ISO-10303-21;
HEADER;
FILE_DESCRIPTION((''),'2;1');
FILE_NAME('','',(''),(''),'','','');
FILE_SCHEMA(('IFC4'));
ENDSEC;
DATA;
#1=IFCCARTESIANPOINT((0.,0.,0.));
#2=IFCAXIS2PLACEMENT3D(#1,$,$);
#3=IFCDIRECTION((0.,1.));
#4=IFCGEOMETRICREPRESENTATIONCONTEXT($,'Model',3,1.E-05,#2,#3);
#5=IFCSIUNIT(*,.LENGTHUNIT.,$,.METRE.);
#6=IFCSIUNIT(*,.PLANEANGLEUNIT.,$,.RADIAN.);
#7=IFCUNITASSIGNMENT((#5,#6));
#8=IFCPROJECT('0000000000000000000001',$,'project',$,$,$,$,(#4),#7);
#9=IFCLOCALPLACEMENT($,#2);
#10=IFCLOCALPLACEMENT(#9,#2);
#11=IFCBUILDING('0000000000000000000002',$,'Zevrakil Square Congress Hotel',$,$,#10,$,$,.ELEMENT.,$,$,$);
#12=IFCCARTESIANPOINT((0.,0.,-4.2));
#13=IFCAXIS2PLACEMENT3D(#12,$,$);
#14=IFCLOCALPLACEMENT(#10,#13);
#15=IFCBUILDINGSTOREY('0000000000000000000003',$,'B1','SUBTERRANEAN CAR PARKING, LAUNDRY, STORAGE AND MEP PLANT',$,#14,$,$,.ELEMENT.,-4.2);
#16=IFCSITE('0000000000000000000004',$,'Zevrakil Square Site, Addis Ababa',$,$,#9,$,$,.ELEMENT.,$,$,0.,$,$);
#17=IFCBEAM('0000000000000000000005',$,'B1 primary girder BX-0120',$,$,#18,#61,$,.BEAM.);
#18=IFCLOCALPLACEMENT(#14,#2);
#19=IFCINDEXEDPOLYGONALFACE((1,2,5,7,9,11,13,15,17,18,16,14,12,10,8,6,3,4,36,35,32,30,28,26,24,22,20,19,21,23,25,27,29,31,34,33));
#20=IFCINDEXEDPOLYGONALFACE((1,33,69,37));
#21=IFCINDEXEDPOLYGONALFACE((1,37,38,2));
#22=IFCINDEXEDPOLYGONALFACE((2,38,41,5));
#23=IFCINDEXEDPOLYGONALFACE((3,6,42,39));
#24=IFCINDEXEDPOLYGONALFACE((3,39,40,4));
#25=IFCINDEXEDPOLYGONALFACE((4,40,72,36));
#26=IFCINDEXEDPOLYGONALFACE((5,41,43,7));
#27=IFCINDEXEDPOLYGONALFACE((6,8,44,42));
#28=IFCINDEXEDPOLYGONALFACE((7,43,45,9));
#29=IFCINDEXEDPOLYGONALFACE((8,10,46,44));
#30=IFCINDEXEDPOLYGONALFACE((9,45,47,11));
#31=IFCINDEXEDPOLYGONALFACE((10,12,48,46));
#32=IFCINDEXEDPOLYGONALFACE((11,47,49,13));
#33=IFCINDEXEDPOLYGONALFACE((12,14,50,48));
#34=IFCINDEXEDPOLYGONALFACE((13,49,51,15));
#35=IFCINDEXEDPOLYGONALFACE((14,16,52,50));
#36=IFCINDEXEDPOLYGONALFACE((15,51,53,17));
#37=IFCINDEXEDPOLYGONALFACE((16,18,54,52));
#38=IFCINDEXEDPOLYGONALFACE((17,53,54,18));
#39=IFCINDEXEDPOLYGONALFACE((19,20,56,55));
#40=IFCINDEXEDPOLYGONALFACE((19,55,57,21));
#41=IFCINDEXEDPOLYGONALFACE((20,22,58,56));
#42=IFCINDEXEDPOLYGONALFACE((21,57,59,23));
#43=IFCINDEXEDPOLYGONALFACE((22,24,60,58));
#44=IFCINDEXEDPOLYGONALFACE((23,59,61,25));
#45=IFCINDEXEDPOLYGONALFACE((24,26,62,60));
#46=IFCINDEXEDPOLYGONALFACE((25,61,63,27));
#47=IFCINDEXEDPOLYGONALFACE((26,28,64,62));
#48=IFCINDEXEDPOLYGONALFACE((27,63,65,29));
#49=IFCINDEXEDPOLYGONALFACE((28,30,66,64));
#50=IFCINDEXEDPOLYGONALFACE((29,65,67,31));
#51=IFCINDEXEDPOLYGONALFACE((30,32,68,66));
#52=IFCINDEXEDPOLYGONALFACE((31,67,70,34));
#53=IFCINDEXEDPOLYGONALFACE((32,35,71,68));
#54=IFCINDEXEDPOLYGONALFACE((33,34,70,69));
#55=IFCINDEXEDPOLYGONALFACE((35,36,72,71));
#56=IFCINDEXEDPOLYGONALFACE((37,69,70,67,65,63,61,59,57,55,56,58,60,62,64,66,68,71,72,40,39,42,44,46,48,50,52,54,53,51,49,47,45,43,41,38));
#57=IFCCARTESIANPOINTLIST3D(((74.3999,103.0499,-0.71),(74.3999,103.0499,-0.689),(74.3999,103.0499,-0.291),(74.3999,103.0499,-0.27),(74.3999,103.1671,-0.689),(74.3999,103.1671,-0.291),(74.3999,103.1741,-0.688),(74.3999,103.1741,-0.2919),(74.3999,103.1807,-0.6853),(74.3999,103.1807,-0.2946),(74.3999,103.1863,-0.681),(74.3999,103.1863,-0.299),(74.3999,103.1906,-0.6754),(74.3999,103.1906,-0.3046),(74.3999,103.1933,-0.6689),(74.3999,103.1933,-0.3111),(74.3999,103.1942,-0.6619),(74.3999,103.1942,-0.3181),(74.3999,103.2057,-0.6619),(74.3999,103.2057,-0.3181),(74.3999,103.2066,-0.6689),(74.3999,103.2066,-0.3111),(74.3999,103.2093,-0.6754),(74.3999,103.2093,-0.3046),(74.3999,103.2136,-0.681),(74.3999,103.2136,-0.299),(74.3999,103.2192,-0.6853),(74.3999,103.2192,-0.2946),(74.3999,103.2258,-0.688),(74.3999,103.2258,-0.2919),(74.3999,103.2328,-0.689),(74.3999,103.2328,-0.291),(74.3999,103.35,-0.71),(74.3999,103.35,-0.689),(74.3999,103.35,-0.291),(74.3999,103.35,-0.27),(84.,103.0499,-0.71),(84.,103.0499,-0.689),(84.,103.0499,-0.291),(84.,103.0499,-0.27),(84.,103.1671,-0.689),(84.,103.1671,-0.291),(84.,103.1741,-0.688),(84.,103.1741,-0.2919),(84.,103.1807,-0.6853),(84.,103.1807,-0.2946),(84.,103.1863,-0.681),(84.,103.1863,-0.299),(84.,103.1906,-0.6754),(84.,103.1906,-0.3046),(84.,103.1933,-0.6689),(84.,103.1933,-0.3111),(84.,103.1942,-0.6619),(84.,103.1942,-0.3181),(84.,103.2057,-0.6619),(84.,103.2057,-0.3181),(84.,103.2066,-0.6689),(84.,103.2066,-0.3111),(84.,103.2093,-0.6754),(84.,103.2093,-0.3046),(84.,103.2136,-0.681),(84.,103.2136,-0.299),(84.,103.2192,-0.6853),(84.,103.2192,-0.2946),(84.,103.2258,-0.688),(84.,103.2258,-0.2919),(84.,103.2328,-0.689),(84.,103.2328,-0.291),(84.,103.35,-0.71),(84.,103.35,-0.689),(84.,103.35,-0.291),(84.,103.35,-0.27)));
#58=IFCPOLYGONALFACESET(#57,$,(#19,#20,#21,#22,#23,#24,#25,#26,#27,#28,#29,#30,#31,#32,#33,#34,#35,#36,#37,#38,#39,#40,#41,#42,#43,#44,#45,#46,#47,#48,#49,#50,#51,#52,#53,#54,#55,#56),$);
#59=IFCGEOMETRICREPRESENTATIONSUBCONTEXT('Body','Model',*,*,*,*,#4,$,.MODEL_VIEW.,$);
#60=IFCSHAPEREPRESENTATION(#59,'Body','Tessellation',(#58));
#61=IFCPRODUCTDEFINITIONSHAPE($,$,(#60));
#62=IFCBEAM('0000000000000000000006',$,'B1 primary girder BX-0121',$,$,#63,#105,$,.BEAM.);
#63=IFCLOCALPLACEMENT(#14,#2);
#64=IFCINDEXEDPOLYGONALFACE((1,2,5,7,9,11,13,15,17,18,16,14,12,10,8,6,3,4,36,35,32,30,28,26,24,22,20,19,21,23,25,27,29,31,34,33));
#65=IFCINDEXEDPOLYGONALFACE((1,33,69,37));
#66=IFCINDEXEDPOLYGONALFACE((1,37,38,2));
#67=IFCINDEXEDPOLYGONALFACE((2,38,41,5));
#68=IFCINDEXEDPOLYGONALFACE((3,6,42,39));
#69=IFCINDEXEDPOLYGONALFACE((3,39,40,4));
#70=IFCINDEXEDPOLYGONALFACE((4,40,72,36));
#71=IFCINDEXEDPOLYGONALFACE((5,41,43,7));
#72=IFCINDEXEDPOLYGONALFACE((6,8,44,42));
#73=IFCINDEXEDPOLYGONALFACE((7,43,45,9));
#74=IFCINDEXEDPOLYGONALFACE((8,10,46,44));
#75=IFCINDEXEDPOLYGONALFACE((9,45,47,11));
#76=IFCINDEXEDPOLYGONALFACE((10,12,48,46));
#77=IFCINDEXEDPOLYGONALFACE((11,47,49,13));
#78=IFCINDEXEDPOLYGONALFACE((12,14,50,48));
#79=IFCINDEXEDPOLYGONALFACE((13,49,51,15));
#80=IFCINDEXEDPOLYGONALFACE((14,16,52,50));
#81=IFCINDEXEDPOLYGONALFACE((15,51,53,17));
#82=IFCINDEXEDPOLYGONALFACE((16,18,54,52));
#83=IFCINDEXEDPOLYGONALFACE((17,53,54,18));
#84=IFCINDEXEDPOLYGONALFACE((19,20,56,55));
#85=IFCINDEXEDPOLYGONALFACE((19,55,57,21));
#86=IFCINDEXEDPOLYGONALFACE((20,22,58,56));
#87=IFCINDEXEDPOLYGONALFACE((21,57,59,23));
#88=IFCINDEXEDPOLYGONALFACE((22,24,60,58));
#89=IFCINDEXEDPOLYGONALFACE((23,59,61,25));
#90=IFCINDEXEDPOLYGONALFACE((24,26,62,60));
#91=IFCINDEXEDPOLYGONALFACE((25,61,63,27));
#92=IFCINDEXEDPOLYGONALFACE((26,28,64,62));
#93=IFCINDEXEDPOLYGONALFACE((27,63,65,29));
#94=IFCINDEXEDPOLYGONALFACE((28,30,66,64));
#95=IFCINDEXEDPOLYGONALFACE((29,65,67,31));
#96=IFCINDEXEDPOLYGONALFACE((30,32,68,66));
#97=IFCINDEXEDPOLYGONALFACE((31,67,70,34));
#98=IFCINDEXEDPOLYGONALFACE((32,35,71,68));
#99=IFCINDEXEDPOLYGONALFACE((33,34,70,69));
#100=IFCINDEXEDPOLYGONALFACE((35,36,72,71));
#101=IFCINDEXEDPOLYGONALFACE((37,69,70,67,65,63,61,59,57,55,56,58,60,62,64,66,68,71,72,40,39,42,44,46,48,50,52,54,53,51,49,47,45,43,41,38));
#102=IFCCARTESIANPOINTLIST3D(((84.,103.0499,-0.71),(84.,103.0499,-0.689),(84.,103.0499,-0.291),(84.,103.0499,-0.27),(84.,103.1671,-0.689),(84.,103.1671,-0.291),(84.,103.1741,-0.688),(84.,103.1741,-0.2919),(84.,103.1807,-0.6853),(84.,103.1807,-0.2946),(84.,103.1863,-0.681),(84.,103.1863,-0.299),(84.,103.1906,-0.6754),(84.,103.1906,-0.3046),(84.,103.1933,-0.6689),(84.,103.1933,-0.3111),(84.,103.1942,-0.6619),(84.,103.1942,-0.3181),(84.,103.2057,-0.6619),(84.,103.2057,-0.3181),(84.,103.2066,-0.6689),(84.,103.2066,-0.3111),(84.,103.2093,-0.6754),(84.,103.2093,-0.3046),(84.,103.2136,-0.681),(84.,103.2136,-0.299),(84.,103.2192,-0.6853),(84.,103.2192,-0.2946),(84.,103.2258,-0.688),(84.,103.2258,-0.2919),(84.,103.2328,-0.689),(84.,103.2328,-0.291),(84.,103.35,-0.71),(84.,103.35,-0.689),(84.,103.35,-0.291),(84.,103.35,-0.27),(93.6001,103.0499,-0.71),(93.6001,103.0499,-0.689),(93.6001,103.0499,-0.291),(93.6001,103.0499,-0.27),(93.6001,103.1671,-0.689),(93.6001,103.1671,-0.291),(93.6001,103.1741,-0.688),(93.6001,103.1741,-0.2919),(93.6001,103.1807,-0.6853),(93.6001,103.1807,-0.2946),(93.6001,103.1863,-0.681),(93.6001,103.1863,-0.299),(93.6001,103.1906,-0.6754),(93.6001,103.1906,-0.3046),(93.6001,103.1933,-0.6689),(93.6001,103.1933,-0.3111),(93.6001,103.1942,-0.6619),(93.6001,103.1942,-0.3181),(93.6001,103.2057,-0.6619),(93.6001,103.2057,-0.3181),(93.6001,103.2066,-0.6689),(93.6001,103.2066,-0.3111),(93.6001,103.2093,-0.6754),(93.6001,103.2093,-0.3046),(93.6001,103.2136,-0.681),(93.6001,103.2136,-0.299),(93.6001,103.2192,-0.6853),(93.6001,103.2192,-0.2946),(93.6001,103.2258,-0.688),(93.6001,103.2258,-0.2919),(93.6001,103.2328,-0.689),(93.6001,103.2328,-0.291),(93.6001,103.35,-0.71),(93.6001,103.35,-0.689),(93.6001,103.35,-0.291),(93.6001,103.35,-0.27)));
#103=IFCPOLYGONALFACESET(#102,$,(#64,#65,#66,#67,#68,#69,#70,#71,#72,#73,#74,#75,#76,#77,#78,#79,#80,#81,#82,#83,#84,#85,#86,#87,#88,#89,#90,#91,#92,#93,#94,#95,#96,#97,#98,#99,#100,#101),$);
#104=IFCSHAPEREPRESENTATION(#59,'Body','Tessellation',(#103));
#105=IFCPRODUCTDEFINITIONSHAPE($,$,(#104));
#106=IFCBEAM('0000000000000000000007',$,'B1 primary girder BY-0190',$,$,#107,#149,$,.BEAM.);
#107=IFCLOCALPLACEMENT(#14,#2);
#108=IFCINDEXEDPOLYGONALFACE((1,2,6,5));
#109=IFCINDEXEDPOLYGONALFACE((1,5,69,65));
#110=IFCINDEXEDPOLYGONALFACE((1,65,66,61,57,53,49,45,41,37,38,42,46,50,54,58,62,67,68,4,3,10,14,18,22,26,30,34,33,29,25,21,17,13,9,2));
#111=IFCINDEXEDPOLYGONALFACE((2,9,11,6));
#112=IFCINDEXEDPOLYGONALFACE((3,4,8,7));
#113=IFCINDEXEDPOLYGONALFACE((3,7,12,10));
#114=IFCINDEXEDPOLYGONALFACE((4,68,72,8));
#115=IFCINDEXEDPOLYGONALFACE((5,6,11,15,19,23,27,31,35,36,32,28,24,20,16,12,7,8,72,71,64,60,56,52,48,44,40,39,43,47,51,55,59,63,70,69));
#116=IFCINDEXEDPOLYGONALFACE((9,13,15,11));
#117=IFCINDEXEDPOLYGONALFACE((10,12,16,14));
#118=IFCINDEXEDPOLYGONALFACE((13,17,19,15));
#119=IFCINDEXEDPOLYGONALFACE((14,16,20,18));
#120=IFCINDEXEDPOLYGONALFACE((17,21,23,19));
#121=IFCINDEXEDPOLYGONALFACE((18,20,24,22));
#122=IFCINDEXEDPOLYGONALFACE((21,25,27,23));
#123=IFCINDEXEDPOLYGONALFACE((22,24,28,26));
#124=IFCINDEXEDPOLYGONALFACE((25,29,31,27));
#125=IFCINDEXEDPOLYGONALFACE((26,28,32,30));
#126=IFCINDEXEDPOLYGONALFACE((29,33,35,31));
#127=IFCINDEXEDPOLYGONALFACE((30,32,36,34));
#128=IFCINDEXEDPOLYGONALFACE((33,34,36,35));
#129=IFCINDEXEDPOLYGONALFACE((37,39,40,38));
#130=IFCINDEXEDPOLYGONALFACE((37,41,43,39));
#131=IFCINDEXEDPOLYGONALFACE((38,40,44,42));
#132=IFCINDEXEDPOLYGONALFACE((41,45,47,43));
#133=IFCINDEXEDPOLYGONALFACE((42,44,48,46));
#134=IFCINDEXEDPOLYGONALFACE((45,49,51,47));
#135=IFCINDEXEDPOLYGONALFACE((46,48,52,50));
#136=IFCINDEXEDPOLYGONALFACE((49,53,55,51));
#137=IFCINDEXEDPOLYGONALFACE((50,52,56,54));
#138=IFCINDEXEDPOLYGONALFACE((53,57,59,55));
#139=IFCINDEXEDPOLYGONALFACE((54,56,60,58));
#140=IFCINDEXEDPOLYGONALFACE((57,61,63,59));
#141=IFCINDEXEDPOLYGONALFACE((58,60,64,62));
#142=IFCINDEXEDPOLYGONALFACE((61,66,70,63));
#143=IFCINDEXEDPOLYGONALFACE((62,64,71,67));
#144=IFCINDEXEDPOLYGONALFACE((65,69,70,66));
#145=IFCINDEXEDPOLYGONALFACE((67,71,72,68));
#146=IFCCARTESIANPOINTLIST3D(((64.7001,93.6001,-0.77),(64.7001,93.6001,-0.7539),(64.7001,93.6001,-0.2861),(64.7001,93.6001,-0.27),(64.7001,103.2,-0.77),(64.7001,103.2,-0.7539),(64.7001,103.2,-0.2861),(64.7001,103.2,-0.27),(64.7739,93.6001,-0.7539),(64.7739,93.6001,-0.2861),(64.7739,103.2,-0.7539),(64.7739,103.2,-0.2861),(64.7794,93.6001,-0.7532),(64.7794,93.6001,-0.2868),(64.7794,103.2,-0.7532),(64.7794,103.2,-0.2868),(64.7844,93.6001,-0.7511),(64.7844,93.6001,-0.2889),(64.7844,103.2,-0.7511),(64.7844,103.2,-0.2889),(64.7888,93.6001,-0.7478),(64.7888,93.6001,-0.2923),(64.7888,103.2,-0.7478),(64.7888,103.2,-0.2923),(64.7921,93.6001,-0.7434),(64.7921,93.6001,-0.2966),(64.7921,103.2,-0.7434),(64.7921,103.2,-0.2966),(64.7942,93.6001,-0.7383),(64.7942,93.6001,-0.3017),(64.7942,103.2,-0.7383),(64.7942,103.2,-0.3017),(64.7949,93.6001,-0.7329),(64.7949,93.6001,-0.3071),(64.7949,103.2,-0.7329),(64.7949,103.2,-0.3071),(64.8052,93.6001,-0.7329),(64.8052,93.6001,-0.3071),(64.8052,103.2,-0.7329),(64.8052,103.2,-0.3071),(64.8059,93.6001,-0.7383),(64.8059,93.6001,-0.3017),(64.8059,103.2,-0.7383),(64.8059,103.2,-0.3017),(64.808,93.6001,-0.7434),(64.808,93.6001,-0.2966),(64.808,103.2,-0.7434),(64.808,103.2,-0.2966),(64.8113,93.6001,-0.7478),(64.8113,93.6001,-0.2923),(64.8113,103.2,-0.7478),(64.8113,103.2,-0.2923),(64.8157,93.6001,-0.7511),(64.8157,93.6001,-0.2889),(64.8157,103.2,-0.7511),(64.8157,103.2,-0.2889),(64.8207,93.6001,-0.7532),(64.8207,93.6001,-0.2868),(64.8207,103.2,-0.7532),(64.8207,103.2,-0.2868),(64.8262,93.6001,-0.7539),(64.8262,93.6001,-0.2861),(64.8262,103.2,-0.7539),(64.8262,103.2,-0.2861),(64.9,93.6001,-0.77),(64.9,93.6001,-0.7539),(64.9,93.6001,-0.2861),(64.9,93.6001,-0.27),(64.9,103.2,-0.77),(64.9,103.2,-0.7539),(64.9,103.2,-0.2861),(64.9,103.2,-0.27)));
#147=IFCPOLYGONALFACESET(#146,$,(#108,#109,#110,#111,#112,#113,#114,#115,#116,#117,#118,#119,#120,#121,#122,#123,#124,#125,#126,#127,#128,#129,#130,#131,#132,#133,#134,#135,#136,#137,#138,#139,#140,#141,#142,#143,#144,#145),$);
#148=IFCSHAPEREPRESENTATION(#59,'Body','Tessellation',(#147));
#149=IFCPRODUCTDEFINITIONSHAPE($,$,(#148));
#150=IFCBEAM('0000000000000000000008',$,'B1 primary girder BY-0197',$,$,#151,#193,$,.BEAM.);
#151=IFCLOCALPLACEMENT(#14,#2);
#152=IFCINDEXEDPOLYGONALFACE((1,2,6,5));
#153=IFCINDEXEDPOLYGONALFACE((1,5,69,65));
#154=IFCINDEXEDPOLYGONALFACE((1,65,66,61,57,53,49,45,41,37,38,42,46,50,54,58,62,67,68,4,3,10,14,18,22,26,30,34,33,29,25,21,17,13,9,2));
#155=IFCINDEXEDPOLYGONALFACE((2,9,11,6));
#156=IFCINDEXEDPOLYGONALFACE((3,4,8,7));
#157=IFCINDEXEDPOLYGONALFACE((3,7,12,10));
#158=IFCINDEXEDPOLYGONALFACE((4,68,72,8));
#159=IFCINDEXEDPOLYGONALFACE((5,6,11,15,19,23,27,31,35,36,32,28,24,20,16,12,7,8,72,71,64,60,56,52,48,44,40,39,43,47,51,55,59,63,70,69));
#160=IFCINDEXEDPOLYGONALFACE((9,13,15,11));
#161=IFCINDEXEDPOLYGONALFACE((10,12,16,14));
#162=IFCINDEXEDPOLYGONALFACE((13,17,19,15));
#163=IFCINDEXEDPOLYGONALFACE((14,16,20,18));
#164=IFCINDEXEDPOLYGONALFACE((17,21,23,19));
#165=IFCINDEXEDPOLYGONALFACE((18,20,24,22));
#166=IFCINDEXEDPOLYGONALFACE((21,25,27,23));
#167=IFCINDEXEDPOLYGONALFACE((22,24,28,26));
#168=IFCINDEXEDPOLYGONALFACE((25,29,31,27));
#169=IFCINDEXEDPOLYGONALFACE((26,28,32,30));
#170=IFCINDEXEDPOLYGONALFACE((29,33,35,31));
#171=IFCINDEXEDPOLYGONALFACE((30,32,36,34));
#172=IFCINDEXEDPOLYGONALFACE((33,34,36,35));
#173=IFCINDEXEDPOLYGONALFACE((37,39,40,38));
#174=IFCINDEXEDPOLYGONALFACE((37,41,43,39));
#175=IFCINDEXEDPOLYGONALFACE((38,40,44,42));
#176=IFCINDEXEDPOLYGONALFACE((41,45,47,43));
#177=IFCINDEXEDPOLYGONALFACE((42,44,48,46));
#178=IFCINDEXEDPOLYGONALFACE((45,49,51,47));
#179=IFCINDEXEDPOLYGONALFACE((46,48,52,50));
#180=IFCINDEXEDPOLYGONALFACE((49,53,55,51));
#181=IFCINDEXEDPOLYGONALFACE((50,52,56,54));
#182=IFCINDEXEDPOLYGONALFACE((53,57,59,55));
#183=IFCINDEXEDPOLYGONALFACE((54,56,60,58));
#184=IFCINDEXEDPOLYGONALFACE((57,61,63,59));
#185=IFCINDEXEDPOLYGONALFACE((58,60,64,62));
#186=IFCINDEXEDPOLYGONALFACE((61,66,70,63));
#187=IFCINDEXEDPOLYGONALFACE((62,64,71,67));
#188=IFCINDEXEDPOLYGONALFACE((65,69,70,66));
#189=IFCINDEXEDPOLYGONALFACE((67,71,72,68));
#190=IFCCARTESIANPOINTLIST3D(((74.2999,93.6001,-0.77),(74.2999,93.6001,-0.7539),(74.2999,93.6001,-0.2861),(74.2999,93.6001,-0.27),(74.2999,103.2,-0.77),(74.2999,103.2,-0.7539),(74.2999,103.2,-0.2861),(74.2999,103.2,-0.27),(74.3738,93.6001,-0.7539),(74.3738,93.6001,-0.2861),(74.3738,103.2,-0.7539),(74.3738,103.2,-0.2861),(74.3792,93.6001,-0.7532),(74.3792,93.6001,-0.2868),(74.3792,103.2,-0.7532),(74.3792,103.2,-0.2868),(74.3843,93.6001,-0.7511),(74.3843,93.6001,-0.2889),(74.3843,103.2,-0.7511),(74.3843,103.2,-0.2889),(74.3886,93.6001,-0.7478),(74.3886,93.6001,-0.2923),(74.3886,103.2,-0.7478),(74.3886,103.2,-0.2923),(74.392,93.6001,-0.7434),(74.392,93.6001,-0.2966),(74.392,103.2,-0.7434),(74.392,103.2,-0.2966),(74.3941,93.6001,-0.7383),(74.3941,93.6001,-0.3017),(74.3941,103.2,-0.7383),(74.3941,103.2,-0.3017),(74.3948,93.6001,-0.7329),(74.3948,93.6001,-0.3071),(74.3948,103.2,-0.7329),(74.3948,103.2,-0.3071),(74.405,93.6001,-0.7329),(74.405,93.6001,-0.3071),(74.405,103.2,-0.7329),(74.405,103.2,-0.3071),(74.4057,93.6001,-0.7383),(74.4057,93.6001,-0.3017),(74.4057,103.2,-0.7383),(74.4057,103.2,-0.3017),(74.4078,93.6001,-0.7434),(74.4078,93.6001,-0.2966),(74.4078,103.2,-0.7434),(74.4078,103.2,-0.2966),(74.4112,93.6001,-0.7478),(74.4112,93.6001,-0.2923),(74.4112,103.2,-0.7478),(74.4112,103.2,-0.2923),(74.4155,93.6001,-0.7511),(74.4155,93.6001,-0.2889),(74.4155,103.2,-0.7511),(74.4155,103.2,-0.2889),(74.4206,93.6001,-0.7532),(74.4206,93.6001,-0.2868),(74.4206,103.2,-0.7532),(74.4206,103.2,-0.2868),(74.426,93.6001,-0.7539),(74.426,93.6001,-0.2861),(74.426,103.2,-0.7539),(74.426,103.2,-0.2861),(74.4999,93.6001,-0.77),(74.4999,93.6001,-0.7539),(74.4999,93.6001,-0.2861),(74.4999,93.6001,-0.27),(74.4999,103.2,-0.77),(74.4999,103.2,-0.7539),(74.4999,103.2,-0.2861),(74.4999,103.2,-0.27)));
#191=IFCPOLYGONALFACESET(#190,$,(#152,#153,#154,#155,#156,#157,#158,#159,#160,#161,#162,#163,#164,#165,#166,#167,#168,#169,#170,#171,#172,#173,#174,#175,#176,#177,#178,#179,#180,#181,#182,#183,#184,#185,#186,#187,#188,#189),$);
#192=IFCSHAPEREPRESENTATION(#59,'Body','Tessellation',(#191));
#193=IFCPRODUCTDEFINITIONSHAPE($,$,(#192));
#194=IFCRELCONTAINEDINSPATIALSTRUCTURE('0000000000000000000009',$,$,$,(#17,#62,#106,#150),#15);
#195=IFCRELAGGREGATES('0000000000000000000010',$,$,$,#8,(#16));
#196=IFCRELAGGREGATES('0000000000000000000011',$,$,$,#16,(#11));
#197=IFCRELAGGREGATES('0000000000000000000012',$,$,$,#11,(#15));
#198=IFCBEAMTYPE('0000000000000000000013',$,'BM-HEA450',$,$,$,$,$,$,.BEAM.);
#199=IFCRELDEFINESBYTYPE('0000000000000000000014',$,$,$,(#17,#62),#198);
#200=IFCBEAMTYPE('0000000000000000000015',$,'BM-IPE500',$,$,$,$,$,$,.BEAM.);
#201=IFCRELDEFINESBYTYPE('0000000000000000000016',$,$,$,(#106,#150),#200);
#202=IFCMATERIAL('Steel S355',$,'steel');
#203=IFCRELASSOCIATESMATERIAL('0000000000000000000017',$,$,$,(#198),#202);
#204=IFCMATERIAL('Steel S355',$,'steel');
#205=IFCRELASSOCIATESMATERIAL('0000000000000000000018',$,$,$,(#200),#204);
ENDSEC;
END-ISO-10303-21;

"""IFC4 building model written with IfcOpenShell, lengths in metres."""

from ifc_helpers import new_model, si_unit, direction, frame, origin, origin_2d, place, context, subcontext, project, spatial, i_section, extrude, material, material_profile, profile_set, type_object, element, save


model = new_model("IFC4")

# Units and contexts
model_context = context("Model", 3, precision=1e-05, world=origin(), true_north=direction((0.0, 1.0)))
body_context = subcontext(model_context, "Body", "Model", "MODEL_VIEW")
ifc_project = project(units=[si_unit("LENGTHUNIT", "METRE"), si_unit("PLANEANGLEUNIT", "RADIAN")], contexts=[model_context])

# Site, building, storey
site_placement = place(None, origin())
site = spatial("IfcSite", under=ifc_project, at=site_placement, Name="Zevrakil Square Site, Addis Ababa", CompositionType="ELEMENT", RefElevation=0.0)
building_placement = place(site_placement, origin())
building = spatial("IfcBuilding", under=site, at=building_placement, Name="Zevrakil Square Congress Hotel", CompositionType="ELEMENT")
storey_placement = place(building_placement, frame((0.0, 0.0, -4.2)))
storey = spatial("IfcBuildingStorey", under=building, at=storey_placement, Name="B1", Description="SUBTERRANEAN CAR PARKING, LAUNDRY, STORAGE AND MEP PLANT", CompositionType="ELEMENT", Elevation=-4.2)

# Beams
ifc_material_1 = material(Name="Steel S355", Category="steel")
ifc_material_profile_1 = material_profile(ifc_material_1, i_section(OverallWidth=0.3, OverallDepth=0.4399, WebThickness=0.0115, FlangeThickness=0.021, FilletRadius=0.0271, at=origin_2d()), Name="HEA 450")
ifc_profile_set_1 = profile_set([ifc_material_profile_1], Name="Steel S355")
beam_type_1 = type_object("IfcBeamType", Name="BM-HEA450", PredefinedType="BEAM", material=ifc_profile_set_1)
for number, where, z_axis, x_axis, name in (
    (1, (74.3999, 103.2, -0.49), (1.0, 0.0, 0.0), (0.0, 1.0, 0.0), "B1 primary girder BX-0120"),
    (2, (84.0, 103.2, -0.49), (1.0, 0.0, 0.0), (0.0, 1.0, 0.0), "B1 primary girder BX-0121"),
):
    element("IfcBeam", number, at=place(storey_placement, frame(where, z_axis=z_axis, x_axis=x_axis)), inside=storey, type_object=beam_type_1, Name=name, PredefinedType="BEAM", context=body_context, shape_type="SweptSolid", body=[
        extrude(i_section(OverallWidth=0.3, OverallDepth=0.4399, WebThickness=0.0115, FlangeThickness=0.021, FilletRadius=0.0271, at=origin_2d()), origin(), (0.0, 0.0, 1.0), 9.6001),
    ])
ifc_material_2 = material(Name="Steel S355", Category="steel")
ifc_material_profile_2 = material_profile(ifc_material_2, i_section(OverallWidth=0.2, OverallDepth=0.5, WebThickness=0.0103, FlangeThickness=0.0161, FilletRadius=0.021, at=origin_2d()), Name="IPE 500")
ifc_profile_set_2 = profile_set([ifc_material_profile_2], Name="Steel S355")
beam_type_2 = type_object("IfcBeamType", Name="BM-IPE500", PredefinedType="BEAM", material=ifc_profile_set_2)
for number, where, z_axis, x_axis, name in (
    (3, (64.8, 93.6001, -0.52), (0.0, 1.0, 0.0), (-1.0, 0.0, 0.0), "B1 primary girder BY-0190"),
    (4, (74.3999, 93.6001, -0.52), (0.0, 1.0, 0.0), (-1.0, 0.0, 0.0), "B1 primary girder BY-0197"),
):
    element("IfcBeam", number, at=place(storey_placement, frame(where, z_axis=z_axis, x_axis=x_axis)), inside=storey, type_object=beam_type_2, Name=name, PredefinedType="BEAM", context=body_context, shape_type="SweptSolid", body=[
        extrude(i_section(OverallWidth=0.2, OverallDepth=0.5, WebThickness=0.0103, FlangeThickness=0.0161, FilletRadius=0.021, at=origin_2d()), origin(), (0.0, 0.0, 1.0), 9.5999),
    ])

save(model, "model.ifc")
